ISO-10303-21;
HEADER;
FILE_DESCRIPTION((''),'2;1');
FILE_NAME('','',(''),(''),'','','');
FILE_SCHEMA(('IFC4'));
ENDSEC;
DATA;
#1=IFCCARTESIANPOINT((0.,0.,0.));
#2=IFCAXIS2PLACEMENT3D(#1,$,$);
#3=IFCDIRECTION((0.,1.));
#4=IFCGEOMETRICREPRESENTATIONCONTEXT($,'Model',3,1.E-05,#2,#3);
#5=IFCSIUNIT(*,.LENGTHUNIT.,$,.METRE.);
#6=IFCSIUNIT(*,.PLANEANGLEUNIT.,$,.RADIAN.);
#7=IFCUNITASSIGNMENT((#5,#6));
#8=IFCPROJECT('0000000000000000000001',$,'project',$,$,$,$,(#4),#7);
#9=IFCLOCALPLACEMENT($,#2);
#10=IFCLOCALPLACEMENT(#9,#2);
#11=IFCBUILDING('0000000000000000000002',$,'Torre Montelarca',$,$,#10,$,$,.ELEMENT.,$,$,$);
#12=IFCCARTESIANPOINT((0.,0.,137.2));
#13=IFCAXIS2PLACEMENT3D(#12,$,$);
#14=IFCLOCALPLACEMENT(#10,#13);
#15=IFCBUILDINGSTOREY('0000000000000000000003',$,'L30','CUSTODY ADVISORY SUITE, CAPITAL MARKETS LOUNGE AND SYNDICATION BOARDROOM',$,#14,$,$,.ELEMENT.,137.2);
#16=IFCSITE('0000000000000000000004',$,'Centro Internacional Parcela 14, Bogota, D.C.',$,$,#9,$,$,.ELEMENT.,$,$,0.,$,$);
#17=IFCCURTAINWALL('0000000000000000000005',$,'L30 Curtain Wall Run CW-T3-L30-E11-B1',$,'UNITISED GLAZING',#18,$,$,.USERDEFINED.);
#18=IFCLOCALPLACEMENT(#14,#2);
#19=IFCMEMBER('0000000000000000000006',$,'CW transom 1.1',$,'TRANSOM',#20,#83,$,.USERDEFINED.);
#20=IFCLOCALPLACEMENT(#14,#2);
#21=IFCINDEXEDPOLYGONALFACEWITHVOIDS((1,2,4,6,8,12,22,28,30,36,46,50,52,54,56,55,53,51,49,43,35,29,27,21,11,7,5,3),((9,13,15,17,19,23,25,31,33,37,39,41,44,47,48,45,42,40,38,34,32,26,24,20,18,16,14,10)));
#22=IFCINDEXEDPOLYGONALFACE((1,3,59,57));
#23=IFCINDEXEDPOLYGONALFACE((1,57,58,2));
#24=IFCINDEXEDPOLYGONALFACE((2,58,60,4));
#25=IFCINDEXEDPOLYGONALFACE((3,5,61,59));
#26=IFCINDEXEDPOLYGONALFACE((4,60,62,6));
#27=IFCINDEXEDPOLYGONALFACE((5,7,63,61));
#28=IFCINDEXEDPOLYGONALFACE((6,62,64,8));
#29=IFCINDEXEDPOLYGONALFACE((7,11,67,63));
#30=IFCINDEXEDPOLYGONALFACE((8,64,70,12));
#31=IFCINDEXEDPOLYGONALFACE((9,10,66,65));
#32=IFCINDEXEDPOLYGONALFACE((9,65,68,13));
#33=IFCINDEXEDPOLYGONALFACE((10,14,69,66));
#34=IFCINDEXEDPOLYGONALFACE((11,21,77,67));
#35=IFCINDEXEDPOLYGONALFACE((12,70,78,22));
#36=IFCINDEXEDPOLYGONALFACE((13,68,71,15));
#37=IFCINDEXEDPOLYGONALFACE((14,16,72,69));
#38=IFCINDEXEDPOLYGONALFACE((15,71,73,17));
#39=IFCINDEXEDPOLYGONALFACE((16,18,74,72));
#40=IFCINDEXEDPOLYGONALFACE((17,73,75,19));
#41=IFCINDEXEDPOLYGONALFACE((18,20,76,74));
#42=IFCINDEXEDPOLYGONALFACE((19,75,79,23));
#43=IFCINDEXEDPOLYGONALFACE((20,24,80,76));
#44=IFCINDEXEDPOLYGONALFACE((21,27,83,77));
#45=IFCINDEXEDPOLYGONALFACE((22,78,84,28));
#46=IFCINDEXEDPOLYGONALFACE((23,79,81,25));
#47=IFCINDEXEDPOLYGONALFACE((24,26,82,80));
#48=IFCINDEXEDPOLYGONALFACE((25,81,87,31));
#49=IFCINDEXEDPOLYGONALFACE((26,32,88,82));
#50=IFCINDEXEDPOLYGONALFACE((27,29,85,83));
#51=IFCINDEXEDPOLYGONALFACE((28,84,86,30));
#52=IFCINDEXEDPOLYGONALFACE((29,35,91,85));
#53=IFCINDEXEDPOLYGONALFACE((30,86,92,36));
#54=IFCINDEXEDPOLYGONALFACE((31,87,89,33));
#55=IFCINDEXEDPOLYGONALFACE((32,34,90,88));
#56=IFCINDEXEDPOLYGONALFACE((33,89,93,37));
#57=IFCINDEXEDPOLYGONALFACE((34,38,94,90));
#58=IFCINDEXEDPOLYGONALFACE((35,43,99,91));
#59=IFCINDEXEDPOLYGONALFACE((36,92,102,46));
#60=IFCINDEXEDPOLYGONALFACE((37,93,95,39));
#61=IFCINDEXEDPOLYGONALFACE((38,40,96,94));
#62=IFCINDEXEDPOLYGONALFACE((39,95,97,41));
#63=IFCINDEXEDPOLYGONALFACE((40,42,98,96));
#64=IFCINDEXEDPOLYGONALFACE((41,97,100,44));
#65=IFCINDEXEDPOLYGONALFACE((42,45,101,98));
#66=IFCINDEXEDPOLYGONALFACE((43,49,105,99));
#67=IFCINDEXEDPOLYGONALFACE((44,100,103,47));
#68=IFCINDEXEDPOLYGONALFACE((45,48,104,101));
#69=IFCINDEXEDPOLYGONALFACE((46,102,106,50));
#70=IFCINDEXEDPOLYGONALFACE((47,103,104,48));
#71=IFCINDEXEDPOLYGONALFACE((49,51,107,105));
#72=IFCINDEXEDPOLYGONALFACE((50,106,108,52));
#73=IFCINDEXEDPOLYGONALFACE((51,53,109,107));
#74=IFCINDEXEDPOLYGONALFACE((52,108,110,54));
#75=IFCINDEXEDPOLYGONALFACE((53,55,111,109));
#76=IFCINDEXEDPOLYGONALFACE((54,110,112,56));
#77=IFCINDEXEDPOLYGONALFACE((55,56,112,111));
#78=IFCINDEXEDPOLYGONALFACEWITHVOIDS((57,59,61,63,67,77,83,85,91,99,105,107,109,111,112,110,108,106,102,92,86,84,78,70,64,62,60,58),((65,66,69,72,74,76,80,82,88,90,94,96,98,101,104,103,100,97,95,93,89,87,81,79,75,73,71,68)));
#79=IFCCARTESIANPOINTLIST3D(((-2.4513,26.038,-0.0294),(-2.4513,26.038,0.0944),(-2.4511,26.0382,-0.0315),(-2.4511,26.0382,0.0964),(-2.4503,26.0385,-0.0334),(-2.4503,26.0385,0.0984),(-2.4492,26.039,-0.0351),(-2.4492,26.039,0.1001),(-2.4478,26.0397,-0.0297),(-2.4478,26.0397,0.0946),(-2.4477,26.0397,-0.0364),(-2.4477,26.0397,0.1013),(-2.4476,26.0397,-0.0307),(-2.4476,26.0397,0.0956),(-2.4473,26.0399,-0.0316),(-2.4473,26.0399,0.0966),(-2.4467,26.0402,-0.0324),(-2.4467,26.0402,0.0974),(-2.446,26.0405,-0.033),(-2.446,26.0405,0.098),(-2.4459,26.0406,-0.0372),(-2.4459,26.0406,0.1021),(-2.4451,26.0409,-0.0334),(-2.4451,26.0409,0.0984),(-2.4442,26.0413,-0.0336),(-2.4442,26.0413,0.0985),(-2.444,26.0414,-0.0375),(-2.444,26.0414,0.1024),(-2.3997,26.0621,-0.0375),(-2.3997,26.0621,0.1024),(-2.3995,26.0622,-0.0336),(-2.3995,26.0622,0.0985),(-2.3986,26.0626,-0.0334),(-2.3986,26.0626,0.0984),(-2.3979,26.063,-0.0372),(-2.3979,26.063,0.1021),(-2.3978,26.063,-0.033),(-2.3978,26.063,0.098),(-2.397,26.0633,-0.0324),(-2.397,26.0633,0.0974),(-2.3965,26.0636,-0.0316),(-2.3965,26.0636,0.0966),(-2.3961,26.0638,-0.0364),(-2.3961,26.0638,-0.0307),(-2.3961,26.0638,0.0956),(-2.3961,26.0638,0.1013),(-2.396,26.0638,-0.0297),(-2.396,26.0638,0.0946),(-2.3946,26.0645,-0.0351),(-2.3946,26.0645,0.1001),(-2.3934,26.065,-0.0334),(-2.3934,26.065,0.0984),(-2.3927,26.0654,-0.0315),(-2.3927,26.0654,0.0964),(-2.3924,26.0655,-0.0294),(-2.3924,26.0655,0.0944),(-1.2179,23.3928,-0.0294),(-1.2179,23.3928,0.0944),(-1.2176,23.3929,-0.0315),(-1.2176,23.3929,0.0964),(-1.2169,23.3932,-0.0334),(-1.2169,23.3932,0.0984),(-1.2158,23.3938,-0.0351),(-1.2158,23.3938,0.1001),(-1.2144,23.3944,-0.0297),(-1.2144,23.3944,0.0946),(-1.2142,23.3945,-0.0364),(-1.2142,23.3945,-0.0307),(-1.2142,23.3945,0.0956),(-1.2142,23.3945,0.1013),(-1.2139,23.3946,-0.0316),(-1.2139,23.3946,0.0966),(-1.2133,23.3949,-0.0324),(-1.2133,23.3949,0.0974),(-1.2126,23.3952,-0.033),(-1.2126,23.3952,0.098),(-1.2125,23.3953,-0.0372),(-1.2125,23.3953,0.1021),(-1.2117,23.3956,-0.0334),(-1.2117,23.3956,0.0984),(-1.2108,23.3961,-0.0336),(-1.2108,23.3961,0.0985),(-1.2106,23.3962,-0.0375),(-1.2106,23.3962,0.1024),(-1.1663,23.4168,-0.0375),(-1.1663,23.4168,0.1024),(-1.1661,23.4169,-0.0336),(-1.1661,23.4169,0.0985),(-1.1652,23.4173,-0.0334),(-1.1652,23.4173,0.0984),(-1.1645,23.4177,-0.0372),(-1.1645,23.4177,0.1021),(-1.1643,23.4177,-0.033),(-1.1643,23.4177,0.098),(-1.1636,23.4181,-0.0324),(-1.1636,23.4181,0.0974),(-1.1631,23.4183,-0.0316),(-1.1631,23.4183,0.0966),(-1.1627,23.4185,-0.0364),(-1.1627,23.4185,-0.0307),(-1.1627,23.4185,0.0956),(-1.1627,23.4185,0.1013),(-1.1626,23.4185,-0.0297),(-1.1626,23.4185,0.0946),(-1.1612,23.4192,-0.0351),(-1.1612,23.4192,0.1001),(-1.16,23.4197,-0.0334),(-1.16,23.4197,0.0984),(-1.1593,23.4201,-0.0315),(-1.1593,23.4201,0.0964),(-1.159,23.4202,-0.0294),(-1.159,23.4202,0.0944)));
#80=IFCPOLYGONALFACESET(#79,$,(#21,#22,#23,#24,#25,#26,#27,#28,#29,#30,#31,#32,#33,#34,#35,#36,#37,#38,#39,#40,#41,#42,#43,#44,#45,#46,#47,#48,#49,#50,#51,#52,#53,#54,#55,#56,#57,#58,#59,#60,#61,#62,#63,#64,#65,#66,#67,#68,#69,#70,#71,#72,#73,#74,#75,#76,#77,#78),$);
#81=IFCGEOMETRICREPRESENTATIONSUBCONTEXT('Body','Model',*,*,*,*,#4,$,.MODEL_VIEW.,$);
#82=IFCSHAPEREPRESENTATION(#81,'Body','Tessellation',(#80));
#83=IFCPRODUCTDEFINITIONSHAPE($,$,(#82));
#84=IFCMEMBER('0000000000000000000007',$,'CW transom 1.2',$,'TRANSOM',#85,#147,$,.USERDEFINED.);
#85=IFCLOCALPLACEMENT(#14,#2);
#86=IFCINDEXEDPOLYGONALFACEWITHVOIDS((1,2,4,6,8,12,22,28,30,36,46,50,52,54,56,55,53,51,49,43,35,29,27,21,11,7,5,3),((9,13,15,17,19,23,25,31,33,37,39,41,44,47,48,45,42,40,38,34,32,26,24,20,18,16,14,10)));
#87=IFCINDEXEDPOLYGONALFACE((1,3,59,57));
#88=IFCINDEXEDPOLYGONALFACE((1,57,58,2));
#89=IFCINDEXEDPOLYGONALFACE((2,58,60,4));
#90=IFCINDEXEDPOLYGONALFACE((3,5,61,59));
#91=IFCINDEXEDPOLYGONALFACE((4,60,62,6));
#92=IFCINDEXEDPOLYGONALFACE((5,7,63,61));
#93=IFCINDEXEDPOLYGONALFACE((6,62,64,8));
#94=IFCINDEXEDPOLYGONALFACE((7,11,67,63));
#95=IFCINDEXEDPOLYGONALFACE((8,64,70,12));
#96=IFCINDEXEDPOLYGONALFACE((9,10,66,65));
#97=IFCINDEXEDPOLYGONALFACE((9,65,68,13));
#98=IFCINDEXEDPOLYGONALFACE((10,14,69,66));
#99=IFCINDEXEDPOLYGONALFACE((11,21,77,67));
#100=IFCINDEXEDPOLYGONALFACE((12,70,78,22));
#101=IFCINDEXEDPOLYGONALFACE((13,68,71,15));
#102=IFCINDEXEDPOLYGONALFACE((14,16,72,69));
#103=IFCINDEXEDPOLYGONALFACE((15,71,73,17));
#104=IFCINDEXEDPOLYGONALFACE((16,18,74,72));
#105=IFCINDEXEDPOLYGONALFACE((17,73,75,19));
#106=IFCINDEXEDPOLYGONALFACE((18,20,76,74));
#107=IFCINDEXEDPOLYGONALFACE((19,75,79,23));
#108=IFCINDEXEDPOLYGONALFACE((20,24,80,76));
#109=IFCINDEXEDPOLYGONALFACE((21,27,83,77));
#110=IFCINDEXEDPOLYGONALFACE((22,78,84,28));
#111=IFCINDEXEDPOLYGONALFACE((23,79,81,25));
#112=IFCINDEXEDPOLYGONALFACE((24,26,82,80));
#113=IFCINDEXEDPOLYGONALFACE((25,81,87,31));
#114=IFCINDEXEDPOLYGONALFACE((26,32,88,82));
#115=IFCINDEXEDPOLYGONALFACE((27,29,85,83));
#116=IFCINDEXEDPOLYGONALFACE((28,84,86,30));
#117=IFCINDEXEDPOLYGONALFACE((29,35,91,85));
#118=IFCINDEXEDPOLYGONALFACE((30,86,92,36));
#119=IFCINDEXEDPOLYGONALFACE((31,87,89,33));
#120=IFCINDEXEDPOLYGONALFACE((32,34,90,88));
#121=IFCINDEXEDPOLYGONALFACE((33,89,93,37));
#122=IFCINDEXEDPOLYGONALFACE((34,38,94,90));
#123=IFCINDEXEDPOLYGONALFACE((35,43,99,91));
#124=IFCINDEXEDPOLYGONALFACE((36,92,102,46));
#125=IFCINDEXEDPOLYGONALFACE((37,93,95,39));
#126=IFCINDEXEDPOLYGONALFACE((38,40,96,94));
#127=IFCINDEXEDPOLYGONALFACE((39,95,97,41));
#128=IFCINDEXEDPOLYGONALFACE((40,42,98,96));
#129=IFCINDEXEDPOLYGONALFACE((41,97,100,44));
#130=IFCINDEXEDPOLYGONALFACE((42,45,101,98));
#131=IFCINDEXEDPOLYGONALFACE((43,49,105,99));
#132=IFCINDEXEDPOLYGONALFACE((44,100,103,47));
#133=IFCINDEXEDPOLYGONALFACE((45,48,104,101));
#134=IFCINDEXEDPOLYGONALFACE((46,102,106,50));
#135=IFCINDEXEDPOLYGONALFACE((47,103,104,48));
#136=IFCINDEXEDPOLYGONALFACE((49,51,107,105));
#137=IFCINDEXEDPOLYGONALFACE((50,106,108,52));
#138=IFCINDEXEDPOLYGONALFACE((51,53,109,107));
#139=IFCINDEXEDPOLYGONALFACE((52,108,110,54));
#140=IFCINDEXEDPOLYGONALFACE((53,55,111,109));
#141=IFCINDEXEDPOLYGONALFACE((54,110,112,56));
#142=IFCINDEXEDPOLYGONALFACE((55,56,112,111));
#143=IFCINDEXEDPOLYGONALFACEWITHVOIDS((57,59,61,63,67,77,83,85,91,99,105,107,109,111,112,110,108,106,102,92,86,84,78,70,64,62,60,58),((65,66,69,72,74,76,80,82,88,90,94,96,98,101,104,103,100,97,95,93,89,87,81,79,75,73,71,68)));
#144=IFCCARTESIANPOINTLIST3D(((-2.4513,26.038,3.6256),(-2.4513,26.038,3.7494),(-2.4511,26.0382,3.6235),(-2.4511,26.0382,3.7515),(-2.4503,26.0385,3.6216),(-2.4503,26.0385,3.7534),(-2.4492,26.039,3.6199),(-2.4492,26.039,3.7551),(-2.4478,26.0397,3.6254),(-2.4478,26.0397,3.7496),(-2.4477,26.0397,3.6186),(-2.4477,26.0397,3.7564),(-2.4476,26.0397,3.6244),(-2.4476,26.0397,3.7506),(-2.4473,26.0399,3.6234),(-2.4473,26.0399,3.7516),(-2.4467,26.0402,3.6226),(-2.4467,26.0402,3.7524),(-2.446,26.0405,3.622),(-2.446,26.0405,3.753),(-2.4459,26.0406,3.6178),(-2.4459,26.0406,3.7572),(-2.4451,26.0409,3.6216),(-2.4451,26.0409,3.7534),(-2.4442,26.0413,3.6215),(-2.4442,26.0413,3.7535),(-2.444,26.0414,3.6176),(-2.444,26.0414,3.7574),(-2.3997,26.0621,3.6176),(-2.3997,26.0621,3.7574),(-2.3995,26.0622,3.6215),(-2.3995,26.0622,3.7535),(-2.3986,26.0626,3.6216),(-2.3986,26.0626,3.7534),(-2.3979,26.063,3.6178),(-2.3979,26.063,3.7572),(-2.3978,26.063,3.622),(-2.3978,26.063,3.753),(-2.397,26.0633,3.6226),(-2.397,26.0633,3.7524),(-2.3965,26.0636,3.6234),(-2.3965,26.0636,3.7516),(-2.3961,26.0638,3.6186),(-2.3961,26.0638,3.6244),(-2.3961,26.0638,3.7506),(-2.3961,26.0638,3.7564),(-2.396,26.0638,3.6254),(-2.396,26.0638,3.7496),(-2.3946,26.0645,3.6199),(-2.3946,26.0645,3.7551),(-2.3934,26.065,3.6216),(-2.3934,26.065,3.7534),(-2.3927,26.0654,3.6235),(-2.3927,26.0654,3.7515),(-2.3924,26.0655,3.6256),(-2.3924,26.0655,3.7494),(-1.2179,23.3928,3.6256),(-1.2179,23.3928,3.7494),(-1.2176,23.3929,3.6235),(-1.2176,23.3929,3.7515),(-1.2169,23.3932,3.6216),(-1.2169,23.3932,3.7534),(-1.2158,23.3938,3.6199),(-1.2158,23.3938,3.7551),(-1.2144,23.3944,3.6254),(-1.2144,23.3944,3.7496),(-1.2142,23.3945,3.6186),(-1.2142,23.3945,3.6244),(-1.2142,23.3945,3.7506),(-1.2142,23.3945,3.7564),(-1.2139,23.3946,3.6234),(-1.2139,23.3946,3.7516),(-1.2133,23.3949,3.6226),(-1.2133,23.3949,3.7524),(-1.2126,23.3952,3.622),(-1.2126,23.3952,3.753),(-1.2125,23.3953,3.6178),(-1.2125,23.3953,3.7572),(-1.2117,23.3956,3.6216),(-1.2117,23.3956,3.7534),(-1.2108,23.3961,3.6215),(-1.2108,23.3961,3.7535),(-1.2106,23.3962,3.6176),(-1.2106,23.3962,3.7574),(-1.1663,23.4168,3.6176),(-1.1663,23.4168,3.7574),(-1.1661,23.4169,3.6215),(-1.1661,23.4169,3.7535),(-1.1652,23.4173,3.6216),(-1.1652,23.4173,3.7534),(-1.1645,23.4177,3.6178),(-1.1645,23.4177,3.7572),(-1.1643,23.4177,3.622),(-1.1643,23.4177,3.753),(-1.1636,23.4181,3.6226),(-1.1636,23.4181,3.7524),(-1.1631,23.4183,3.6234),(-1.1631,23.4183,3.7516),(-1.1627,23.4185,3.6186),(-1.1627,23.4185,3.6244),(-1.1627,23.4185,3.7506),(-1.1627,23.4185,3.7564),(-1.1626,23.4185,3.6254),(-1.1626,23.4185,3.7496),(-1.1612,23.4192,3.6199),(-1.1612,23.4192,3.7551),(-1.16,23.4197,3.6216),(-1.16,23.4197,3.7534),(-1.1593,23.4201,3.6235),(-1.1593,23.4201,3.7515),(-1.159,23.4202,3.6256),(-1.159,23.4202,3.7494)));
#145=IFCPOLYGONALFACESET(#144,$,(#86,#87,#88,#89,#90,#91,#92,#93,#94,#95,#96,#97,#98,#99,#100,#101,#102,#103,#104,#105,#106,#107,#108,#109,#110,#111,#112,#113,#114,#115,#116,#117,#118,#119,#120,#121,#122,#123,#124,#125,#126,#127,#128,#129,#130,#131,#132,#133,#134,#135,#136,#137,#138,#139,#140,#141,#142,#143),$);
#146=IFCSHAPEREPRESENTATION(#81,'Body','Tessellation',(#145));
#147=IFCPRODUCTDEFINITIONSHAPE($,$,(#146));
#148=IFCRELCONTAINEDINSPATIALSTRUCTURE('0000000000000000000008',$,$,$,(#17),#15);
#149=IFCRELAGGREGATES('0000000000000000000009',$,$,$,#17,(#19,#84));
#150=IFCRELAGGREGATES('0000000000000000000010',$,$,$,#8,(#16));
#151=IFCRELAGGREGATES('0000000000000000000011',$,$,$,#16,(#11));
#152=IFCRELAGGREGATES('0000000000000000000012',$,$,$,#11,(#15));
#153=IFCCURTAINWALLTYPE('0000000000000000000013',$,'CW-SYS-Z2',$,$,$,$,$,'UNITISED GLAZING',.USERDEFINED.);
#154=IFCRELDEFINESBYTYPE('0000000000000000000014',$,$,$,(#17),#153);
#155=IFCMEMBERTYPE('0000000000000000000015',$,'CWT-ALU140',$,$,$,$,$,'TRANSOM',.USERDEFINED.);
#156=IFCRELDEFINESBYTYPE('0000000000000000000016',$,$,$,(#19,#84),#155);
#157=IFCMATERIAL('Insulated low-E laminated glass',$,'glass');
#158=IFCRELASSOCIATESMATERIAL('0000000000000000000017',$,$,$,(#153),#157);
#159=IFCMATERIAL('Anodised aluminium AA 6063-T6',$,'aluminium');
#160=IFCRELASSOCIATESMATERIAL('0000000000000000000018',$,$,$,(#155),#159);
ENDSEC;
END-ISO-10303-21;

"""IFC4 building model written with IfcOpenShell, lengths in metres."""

from ifc_helpers import new_model, si_unit, direction, frame, origin, origin_2d, place, context, subcontext, project, spatial, hollow_rectangle, extrude, source, transform, mapped, material, material_profile, profile_set, type_object, element, aggregate, save


model = new_model("IFC4")

# Units and contexts
model_context = context("Model", 3, precision=1e-05, world=origin(), true_north=direction((0.0, 1.0)))
body_context = subcontext(model_context, "Body", "Model", "MODEL_VIEW")
ifc_project = project(units=[si_unit("LENGTHUNIT", "METRE"), si_unit("PLANEANGLEUNIT", "RADIAN")], contexts=[model_context])

# Site, building, storey
site_placement = place(None, origin())
site = spatial("IfcSite", under=ifc_project, at=site_placement, Name="Centro Internacional Parcela 14, Bogota, D.C.", CompositionType="ELEMENT", RefElevation=0.0)
building_placement = place(site_placement, origin())
building = spatial("IfcBuilding", under=site, at=building_placement, Name="Torre Montelarca", CompositionType="ELEMENT")
storey_placement = place(building_placement, frame((0.0, 0.0, 137.2)))
storey = spatial("IfcBuildingStorey", under=building, at=storey_placement, Name="L30", Description="CUSTODY ADVISORY SUITE, CAPITAL MARKETS LOUNGE AND SYNDICATION BOARDROOM", CompositionType="ELEMENT", Elevation=137.2)

# Curtain wall, members
ifc_material_1 = material(Name="Insulated low-E laminated glass", Category="glass")
curtain_wall_type = type_object("IfcCurtainWallType", Name="CW-SYS-Z2", ElementType="UNITISED GLAZING", PredefinedType="USERDEFINED", material=ifc_material_1)
curtain_wall_1_placement = place(storey_placement, origin())
curtain_wall_1 = element("IfcCurtainWall", 1, at=curtain_wall_1_placement, inside=storey, type_object=curtain_wall_type, Name="L30 Curtain Wall Run CW-T3-L30-E11-B1", ObjectType="UNITISED GLAZING", PredefinedType="USERDEFINED")
ifc_material_2 = material(Name="Anodised aluminium AA 6063-T6", Category="aluminium")
ifc_material_profile_1 = material_profile(ifc_material_2, hollow_rectangle(XDim=0.0649, YDim=0.1399, WallThickness=0.0039, InnerFilletRadius=0.0039, OuterFilletRadius=0.0081, at=origin_2d()), Name="ALU65X140X4", Category="aluminium")
ifc_profile_set_1 = profile_set([ifc_material_profile_1], Name="Anodised aluminium AA 6063-T6")
member_type_1 = type_object("IfcMemberType", Name="CWT-ALU140", ElementType="TRANSOM", PredefinedType="USERDEFINED", material=ifc_profile_set_1)
shared_shape_1 = source(origin(), body_context, "Body", "SweptSolid", [
    extrude(hollow_rectangle(XDim=0.0649, YDim=0.1399, WallThickness=0.0039, InnerFilletRadius=0.0039, OuterFilletRadius=0.0081, at=origin_2d()), origin(), (0.0, 0.0, 1.0), 2.9187),
])
member_1_placement = place(storey_placement, frame((-2.4219, 26.0518, 0.0325), z_axis=(0.422588, -0.906322, 0.0), x_axis=(0.906322, 0.422588, 0.0)))
member_1 = element("IfcMember", 2, at=member_1_placement, type_object=member_type_1, Name="CW transom 1.1", ObjectType="TRANSOM", PredefinedType="USERDEFINED", context=body_context, shape_type="MappedRepresentation", body=[
    mapped(shared_shape_1, transform((0.0, 0.0, 0.0), scale=1.0)),
])
member_2_placement = place(storey_placement, frame((-2.4219, 26.0518, 3.6875), z_axis=(0.422588, -0.906322, 0.0), x_axis=(0.906322, 0.422588, 0.0)))
member_2 = element("IfcMember", 3, at=member_2_placement, type_object=member_type_1, Name="CW transom 1.2", ObjectType="TRANSOM", PredefinedType="USERDEFINED", context=body_context, shape_type="MappedRepresentation", body=[
    mapped(shared_shape_1, transform((0.0, 0.0, 0.0), scale=1.0)),
])

aggregate(curtain_wall_1, [member_1, member_2])

save(model, "model.ifc")
